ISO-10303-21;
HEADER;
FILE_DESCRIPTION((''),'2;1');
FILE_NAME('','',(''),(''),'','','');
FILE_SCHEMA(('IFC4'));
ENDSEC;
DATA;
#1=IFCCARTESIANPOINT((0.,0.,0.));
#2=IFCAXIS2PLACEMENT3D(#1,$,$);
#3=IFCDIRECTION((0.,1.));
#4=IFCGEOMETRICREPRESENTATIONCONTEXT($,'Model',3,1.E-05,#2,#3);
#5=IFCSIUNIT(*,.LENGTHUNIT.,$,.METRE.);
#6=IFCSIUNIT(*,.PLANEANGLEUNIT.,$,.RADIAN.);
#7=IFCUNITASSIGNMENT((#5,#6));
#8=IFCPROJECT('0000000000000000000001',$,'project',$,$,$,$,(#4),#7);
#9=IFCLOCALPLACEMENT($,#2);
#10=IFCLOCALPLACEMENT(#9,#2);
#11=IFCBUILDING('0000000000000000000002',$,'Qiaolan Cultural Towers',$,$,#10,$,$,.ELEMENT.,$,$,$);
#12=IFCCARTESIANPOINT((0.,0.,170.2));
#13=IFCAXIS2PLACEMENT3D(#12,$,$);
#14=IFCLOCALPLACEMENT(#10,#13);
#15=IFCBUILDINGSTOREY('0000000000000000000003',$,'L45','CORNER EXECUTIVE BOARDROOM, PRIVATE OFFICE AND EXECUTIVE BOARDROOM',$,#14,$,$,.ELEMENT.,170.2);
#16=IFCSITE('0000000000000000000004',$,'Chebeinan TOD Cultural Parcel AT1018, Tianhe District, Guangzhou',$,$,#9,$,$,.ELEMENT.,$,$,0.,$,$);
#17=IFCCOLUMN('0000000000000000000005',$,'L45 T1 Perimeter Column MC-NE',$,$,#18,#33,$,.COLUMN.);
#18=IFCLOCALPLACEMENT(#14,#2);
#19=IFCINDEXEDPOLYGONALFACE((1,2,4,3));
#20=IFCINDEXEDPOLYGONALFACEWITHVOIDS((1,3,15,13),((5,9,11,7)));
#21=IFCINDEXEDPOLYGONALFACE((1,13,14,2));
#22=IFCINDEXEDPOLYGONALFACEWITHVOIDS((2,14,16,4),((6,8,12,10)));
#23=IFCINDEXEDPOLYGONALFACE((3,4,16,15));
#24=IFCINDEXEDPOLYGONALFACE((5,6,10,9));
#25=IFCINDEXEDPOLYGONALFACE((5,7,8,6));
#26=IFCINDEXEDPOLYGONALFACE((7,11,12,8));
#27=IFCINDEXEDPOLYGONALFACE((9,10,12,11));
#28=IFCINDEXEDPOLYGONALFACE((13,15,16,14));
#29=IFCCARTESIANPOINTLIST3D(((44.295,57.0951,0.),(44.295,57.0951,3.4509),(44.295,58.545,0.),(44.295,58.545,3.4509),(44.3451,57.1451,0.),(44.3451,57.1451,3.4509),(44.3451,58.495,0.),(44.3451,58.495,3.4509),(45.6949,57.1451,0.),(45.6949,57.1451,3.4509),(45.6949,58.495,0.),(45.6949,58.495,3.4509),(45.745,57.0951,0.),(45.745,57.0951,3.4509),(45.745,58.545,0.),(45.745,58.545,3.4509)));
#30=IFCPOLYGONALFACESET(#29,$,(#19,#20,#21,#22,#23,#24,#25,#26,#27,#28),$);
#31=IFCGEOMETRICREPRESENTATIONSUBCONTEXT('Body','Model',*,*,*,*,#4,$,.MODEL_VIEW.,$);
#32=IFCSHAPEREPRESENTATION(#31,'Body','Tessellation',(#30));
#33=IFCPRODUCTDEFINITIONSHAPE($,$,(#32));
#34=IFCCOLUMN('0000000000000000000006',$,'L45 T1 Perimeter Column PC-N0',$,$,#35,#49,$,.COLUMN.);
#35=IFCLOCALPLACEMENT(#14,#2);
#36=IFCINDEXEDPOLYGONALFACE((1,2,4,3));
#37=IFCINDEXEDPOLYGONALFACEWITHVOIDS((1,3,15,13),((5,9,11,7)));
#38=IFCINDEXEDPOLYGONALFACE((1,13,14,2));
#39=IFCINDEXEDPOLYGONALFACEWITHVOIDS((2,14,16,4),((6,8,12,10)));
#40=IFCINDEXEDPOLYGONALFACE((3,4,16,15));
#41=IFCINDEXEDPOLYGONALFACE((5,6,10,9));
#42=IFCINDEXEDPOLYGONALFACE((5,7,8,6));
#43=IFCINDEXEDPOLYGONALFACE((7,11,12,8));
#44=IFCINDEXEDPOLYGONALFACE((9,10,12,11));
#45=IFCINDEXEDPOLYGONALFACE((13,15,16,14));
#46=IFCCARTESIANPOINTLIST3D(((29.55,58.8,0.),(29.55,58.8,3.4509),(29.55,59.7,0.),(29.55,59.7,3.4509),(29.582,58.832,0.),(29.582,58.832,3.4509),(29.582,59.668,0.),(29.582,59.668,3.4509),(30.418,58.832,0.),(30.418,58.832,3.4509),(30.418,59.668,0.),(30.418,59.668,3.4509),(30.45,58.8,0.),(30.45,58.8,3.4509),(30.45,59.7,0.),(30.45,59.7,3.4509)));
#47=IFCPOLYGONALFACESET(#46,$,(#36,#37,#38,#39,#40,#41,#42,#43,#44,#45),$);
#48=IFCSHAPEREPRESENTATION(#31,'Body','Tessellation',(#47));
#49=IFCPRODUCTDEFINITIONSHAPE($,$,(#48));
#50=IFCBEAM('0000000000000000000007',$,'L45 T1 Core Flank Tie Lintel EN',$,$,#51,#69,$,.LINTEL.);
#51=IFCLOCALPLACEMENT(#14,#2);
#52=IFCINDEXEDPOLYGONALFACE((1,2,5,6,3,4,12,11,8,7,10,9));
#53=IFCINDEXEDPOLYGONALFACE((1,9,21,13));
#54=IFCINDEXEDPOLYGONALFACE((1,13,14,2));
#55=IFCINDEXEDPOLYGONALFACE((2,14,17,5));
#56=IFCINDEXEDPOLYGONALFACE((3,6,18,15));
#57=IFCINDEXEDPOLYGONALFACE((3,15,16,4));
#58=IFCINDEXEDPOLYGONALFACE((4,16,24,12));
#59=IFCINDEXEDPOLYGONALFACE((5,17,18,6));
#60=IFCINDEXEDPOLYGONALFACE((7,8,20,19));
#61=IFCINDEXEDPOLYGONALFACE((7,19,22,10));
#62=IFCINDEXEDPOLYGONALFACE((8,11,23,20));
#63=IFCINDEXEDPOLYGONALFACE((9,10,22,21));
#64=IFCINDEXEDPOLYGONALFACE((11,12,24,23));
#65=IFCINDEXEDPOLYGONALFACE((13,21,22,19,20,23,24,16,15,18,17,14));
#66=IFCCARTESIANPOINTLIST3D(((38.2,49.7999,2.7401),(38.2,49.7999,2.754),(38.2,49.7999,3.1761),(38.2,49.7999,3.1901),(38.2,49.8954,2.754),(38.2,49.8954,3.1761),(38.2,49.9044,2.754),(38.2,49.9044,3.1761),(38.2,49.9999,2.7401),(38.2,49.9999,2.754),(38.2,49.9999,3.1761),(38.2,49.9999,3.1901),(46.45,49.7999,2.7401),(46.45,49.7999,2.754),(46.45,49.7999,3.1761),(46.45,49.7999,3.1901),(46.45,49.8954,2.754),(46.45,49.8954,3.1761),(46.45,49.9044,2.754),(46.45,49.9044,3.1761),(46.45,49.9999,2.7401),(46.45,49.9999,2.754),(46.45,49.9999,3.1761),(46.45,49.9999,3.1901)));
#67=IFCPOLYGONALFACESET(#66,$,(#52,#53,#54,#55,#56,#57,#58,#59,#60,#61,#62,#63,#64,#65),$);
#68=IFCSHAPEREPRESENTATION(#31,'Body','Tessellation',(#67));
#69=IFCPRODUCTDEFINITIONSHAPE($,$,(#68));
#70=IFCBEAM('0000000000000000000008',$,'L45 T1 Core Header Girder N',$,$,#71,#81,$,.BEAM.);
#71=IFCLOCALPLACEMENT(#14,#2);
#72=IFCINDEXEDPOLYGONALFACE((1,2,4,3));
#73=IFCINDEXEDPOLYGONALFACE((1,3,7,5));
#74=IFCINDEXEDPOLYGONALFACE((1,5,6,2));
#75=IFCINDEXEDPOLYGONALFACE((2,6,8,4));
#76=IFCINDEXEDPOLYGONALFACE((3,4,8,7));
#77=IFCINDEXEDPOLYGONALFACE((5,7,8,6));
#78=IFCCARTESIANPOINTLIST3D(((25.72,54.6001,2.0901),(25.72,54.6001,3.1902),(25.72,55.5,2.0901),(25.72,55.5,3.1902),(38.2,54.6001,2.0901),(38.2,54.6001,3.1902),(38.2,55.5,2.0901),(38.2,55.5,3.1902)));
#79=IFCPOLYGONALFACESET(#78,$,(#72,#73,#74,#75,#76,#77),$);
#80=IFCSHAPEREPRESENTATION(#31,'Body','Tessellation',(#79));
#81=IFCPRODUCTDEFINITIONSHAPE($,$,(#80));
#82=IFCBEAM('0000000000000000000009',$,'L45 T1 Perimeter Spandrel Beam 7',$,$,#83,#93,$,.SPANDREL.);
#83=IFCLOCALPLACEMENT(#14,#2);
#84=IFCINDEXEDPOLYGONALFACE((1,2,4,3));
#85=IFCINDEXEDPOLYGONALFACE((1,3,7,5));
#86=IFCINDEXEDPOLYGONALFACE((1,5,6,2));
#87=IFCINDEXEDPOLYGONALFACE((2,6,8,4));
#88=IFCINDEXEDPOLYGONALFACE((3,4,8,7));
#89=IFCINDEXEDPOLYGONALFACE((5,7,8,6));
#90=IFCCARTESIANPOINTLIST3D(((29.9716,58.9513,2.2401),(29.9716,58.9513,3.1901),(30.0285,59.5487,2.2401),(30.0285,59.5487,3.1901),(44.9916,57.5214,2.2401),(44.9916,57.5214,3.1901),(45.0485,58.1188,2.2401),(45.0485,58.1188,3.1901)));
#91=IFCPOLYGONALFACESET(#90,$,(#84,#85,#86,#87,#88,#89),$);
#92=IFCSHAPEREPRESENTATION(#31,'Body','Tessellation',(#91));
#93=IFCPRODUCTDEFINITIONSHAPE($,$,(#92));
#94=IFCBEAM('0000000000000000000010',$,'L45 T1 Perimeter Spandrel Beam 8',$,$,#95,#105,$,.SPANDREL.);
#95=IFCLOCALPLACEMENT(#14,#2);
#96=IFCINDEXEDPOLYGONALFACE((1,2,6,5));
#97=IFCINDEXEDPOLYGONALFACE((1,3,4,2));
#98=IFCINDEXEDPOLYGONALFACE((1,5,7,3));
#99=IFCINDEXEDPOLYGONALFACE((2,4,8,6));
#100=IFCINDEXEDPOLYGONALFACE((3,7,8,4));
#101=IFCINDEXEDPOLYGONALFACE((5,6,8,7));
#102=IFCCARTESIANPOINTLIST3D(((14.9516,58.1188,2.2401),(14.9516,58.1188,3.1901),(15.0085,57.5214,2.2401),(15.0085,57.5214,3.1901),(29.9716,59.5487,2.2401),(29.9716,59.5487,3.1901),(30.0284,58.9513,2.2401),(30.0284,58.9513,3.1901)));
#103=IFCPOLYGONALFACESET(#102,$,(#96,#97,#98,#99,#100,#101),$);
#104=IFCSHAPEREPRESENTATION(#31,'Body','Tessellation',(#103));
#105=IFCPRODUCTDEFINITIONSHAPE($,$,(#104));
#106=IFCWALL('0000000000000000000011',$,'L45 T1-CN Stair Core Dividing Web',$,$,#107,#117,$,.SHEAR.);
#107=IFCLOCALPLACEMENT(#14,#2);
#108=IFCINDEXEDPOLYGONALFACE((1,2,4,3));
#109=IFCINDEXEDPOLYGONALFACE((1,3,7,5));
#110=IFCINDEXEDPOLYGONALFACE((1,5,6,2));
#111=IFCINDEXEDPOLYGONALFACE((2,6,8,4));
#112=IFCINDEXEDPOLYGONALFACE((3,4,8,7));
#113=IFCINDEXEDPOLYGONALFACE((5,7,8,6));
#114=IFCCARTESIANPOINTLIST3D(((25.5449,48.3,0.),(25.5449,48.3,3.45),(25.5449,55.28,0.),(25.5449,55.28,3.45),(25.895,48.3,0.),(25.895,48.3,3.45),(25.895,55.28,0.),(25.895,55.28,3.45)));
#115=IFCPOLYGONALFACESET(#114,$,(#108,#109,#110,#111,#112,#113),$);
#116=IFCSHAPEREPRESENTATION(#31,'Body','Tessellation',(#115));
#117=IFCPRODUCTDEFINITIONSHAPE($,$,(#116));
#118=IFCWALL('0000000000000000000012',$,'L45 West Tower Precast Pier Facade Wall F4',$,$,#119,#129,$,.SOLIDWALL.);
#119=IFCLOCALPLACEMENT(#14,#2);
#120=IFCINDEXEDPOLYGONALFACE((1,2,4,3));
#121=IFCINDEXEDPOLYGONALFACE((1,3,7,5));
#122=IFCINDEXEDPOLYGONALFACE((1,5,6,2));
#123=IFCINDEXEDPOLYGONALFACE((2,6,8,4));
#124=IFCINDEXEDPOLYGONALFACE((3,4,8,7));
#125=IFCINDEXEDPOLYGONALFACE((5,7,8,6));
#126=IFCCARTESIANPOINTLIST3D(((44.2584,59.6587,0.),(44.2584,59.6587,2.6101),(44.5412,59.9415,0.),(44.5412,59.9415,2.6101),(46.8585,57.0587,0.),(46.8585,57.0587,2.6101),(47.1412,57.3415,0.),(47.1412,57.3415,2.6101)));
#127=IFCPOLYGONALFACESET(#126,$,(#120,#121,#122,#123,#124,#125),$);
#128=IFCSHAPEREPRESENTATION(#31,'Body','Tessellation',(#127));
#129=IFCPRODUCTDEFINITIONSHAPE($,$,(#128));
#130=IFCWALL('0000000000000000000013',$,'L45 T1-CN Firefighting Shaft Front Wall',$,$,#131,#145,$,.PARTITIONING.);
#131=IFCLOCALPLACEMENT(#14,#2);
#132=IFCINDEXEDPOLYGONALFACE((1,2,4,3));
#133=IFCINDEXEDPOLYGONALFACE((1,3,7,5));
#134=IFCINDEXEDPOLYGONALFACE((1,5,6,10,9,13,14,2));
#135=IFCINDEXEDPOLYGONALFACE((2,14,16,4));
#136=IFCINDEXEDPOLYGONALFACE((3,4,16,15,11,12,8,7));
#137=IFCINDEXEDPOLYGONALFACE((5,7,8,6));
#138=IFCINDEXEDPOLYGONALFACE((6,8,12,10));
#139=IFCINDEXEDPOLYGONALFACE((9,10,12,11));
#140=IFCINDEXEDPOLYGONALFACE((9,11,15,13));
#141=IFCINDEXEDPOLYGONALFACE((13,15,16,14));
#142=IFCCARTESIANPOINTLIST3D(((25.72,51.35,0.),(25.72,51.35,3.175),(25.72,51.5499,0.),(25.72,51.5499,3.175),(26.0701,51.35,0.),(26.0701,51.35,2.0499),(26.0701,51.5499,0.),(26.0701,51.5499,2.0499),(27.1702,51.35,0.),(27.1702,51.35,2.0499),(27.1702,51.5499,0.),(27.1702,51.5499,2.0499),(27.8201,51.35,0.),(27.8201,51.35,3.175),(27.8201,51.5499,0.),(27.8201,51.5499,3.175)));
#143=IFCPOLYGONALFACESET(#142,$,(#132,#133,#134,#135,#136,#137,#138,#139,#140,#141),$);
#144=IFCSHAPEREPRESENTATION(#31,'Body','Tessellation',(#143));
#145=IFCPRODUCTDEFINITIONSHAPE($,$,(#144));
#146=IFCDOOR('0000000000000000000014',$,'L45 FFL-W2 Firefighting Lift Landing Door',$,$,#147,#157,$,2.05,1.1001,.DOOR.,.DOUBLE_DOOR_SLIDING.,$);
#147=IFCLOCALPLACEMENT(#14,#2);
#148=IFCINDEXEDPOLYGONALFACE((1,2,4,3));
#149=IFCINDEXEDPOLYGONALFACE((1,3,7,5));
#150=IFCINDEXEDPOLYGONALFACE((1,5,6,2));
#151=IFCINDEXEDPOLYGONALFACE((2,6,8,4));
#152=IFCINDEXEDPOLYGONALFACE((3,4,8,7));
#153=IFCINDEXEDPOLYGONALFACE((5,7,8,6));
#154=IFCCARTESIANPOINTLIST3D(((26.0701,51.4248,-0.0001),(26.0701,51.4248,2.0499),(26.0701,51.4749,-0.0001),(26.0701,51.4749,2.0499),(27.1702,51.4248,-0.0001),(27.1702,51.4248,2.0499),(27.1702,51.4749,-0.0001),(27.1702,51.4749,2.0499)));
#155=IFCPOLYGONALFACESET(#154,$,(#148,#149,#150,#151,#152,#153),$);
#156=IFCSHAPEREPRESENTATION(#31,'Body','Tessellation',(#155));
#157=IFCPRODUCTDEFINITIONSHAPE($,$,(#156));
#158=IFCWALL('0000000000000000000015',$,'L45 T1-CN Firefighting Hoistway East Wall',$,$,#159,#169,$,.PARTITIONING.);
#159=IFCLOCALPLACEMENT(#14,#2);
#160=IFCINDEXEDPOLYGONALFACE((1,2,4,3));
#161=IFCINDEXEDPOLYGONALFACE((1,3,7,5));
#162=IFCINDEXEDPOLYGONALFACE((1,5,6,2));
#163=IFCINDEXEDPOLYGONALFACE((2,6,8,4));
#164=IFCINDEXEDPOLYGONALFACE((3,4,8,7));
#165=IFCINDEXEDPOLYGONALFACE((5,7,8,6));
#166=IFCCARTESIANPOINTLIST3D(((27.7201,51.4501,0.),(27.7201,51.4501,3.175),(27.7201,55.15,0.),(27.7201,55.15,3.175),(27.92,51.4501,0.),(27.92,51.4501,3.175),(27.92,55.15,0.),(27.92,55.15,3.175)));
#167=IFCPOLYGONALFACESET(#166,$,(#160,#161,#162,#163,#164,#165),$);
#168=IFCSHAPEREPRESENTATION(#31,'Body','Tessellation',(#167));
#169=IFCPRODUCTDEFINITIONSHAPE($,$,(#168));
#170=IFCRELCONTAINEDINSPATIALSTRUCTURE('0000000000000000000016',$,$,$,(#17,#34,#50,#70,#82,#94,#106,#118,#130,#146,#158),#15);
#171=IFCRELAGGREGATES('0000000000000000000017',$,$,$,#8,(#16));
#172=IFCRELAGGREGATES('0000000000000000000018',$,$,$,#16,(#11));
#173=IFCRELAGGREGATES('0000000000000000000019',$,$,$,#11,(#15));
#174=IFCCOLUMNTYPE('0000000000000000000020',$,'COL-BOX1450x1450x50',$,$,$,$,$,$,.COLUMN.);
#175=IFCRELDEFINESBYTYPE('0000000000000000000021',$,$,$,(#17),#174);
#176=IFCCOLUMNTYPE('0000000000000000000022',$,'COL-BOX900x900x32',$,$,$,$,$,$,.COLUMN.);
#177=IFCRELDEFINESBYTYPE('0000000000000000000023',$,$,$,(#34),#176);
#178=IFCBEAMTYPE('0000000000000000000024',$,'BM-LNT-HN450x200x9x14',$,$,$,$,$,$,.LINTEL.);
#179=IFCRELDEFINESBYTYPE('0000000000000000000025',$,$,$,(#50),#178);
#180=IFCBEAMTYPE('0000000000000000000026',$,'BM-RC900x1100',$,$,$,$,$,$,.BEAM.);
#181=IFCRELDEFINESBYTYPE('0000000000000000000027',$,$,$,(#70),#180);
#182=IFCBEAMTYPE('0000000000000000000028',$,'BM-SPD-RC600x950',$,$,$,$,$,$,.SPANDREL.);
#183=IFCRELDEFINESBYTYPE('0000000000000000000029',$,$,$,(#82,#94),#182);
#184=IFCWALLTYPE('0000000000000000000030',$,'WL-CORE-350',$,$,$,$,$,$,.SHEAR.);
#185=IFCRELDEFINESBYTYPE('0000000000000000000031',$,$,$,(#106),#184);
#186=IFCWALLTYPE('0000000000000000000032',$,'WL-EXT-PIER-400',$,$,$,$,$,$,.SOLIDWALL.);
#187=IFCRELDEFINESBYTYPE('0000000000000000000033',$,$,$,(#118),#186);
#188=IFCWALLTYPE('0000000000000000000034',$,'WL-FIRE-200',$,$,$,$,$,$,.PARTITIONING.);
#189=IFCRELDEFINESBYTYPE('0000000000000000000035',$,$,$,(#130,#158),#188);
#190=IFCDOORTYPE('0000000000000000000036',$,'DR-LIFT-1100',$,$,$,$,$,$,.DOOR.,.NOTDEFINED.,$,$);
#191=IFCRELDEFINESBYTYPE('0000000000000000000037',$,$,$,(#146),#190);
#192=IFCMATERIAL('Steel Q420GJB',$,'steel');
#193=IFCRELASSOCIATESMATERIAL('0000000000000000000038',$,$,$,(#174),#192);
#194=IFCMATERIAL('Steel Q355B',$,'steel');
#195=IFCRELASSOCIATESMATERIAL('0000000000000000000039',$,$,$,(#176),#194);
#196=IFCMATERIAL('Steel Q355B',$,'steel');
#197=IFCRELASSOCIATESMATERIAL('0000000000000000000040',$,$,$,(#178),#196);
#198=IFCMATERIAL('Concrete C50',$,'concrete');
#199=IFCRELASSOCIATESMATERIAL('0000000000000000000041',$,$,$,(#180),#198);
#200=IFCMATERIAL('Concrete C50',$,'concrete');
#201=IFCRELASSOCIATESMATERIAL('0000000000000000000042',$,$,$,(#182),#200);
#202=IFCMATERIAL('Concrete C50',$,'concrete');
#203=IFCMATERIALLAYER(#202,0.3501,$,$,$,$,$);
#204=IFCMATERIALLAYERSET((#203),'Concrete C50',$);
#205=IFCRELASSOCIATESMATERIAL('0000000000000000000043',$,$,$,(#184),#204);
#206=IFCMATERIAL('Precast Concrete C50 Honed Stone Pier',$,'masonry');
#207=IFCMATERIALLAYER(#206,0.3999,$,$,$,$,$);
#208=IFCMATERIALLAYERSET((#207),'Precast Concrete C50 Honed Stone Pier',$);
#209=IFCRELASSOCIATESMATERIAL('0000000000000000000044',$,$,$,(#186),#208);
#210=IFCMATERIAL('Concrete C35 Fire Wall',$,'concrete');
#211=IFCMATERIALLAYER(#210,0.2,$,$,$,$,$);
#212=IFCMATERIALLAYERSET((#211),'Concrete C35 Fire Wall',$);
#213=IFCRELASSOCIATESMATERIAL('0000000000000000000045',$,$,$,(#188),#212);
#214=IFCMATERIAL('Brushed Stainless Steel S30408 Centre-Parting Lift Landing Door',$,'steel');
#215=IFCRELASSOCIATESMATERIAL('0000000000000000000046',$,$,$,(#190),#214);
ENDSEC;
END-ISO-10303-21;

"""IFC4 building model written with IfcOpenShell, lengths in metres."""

from ifc_helpers import new_model, si_unit, direction, frame, frame_2d, origin, origin_2d, place, context, subcontext, project, spatial, rectangle, hollow_rectangle, i_section, extrude, material, layer, layer_set, material_profile, profile_set, type_object, element, fill, save


model = new_model("IFC4")

# Units and contexts
model_context = context("Model", 3, precision=1e-05, world=origin(), true_north=direction((0.0, 1.0)))
body_context = subcontext(model_context, "Body", "Model", "MODEL_VIEW")
ifc_project = project(units=[si_unit("LENGTHUNIT", "METRE"), si_unit("PLANEANGLEUNIT", "RADIAN")], contexts=[model_context])

# Site, building, storey
site_placement = place(None, origin())
site = spatial("IfcSite", under=ifc_project, at=site_placement, Name="Chebeinan TOD Cultural Parcel AT1018, Tianhe District, Guangzhou", CompositionType="ELEMENT", RefElevation=0.0)
building_placement = place(site_placement, origin())
building = spatial("IfcBuilding", under=site, at=building_placement, Name="Qiaolan Cultural Towers", CompositionType="ELEMENT")
storey_placement = place(building_placement, frame((0.0, 0.0, 170.2)))
storey = spatial("IfcBuildingStorey", under=building, at=storey_placement, Name="L45", Description="CORNER EXECUTIVE BOARDROOM, PRIVATE OFFICE AND EXECUTIVE BOARDROOM", CompositionType="ELEMENT", Elevation=170.2)

# Columns
ifc_material_1 = material(Name="Steel Q420GJB", Category="steel")
ifc_material_profile_1 = material_profile(ifc_material_1, hollow_rectangle(XDim=1.45, YDim=1.45, WallThickness=0.05, at=origin_2d()), Name="BOX1450x1450x50")
ifc_profile_set_1 = profile_set([ifc_material_profile_1], Name="Steel Q420GJB")
column_type_1 = type_object("IfcColumnType", Name="COL-BOX1450x1450x50", PredefinedType="COLUMN", material=ifc_profile_set_1)
column_1_placement = place(storey_placement, frame((45.02, 57.8201, 0.0), z_axis=(0.0, 0.0, 1.0), x_axis=(1.0, 0.0, 0.0)))
element("IfcColumn", 1, at=column_1_placement, inside=storey, type_object=column_type_1, Name="L45 T1 Perimeter Column MC-NE", PredefinedType="COLUMN", context=body_context, shape_type="SweptSolid", body=[
    extrude(hollow_rectangle(XDim=1.45, YDim=1.45, WallThickness=0.05, at=origin_2d()), origin(), (0.0, 0.0, 1.0), 3.4509),
])
ifc_material_2 = material(Name="Steel Q355B", Category="steel")
ifc_material_profile_2 = material_profile(ifc_material_2, hollow_rectangle(XDim=0.8999, YDim=0.8999, WallThickness=0.032, at=origin_2d()), Name="BOX900x900x32")
ifc_profile_set_2 = profile_set([ifc_material_profile_2], Name="Steel Q355B")
column_type_2 = type_object("IfcColumnType", Name="COL-BOX900x900x32", PredefinedType="COLUMN", material=ifc_profile_set_2)
column_2_placement = place(storey_placement, frame((30.0, 59.25, 0.0), z_axis=(0.0, 0.0, 1.0), x_axis=(1.0, 0.0, 0.0)))
element("IfcColumn", 2, at=column_2_placement, inside=storey, type_object=column_type_2, Name="L45 T1 Perimeter Column PC-N0", PredefinedType="COLUMN", context=body_context, shape_type="SweptSolid", body=[
    extrude(hollow_rectangle(XDim=0.8999, YDim=0.8999, WallThickness=0.032, at=origin_2d()), origin(), (0.0, 0.0, 1.0), 3.4509),
])

# Beams
ifc_material_3 = material(Name="Steel Q355B", Category="steel")
ifc_material_profile_3 = material_profile(ifc_material_3, i_section(OverallWidth=0.2, OverallDepth=0.45, WebThickness=0.009, FlangeThickness=0.0139, at=origin_2d()), Name="HN450x200x9x14")
ifc_profile_set_3 = profile_set([ifc_material_profile_3], Name="Steel Q355B")
beam_type_1 = type_object("IfcBeamType", Name="BM-LNT-HN450x200x9x14", PredefinedType="LINTEL", material=ifc_profile_set_3)
beam_1_placement = place(storey_placement, frame((38.2, 49.8999, 2.9651), z_axis=(1.0, 0.0, 0.0), x_axis=(0.0, 1.0, 0.0)))
element("IfcBeam", 3, at=beam_1_placement, inside=storey, type_object=beam_type_1, Name="L45 T1 Core Flank Tie Lintel EN", PredefinedType="LINTEL", context=body_context, shape_type="SweptSolid", body=[
    extrude(i_section(OverallWidth=0.2, OverallDepth=0.45, WebThickness=0.009, FlangeThickness=0.0139, at=origin_2d()), origin(), (0.0, 0.0, 1.0), 8.25),
])
ifc_material_4 = material(Name="Concrete C50", Category="concrete")
ifc_material_profile_4 = material_profile(ifc_material_4, rectangle(XDim=0.8999, YDim=1.1001, at=origin_2d()), Name="RC900x1100")
ifc_profile_set_4 = profile_set([ifc_material_profile_4], Name="Concrete C50")
beam_type_2 = type_object("IfcBeamType", Name="BM-RC900x1100", PredefinedType="BEAM", material=ifc_profile_set_4)
beam_2_placement = place(storey_placement, frame((25.72, 55.05, 2.6401), z_axis=(1.0, 0.0, 0.0), x_axis=(0.0, 1.0, 0.0)))
element("IfcBeam", 4, at=beam_2_placement, inside=storey, type_object=beam_type_2, Name="L45 T1 Core Header Girder N", PredefinedType="BEAM", context=body_context, shape_type="SweptSolid", body=[
    extrude(rectangle(XDim=0.8999, YDim=1.1001, at=origin_2d()), origin(), (0.0, 0.0, 1.0), 12.48),
])
ifc_material_5 = material(Name="Concrete C50", Category="concrete")
ifc_material_profile_5 = material_profile(ifc_material_5, rectangle(XDim=0.6001, YDim=0.95, at=origin_2d()), Name="RC600x950")
ifc_profile_set_5 = profile_set([ifc_material_profile_5], Name="Concrete C50")
beam_type_3 = type_object("IfcBeamType", Name="BM-SPD-RC600x950", PredefinedType="SPANDREL", material=ifc_profile_set_5)
for number, where, z_axis, x_axis, name in (
    (5, (45.02, 57.8201, 2.7151), (-0.995499, 0.094773, 0.0), (-0.094773, -0.995499, 0.0), "L45 T1 Perimeter Spandrel Beam 7"),
    (6, (30.0, 59.25, 2.7151), (-0.995499, -0.094773, 0.0), (0.094773, -0.995499, 0.0), "L45 T1 Perimeter Spandrel Beam 8"),
):
    element("IfcBeam", number, at=place(storey_placement, frame(where, z_axis=z_axis, x_axis=x_axis)), inside=storey, type_object=beam_type_3, Name=name, PredefinedType="SPANDREL", context=body_context, shape_type="SweptSolid", body=[
        extrude(rectangle(XDim=0.6001, YDim=0.95, at=origin_2d()), origin(), (0.0, 0.0, 1.0), 15.0879),
    ])

# Walls
ifc_material_6 = material(Name="Concrete C50", Category="concrete")
ifc_layer_1 = layer(ifc_material_6, 0.3501)
ifc_layer_set_1 = layer_set([ifc_layer_1], Name="Concrete C50")
wall_type_1 = type_object("IfcWallType", Name="WL-CORE-350", PredefinedType="SHEAR", material=ifc_layer_set_1)
wall_1_placement = place(storey_placement, frame((25.72, 48.3, 0.0), z_axis=(0.0, 0.0, 1.0), x_axis=(0.0, 1.0, 0.0)))
element("IfcWall", 7, at=wall_1_placement, inside=storey, type_object=wall_type_1, Name="L45 T1-CN Stair Core Dividing Web", PredefinedType="SHEAR", context=body_context, shape_type="SweptSolid", body=[
    extrude(rectangle(XDim=6.98, YDim=0.3501, at=frame_2d((3.49, 0.0))), origin(), (0.0, 0.0, 1.0), 3.45),
])
ifc_material_7 = material(Name="Precast Concrete C50 Honed Stone Pier", Category="masonry")
ifc_layer_2 = layer(ifc_material_7, 0.3999)
ifc_layer_set_2 = layer_set([ifc_layer_2], Name="Precast Concrete C50 Honed Stone Pier")
wall_type_2 = type_object("IfcWallType", Name="WL-EXT-PIER-400", PredefinedType="SOLIDWALL", material=ifc_layer_set_2)
wall_2_placement = place(storey_placement, frame((44.3999, 59.8, 0.0), z_axis=(0.0, 0.0, 1.0), x_axis=(0.707107, -0.707107, 0.0)))
element("IfcWall", 8, at=wall_2_placement, inside=storey, type_object=wall_type_2, Name="L45 West Tower Precast Pier Facade Wall F4", PredefinedType="SOLIDWALL", context=body_context, shape_type="SweptSolid", body=[
    extrude(rectangle(XDim=3.677, YDim=0.3999, at=frame_2d((1.8384, 0.0))), origin(), (0.0, 0.0, 1.0), 2.6101),
])

# Wall, opening, door
ifc_material_8 = material(Name="Concrete C35 Fire Wall", Category="concrete")
ifc_layer_3 = layer(ifc_material_8, 0.2)
ifc_layer_set_3 = layer_set([ifc_layer_3], Name="Concrete C35 Fire Wall")
wall_type_3 = type_object("IfcWallType", Name="WL-FIRE-200", PredefinedType="PARTITIONING", material=ifc_layer_set_3)
wall_3_placement = place(storey_placement, frame((25.72, 51.45, 0.0), z_axis=(0.0, 0.0, 1.0), x_axis=(1.0, 0.0, 0.0)))
wall_3 = element("IfcWall", 9, at=wall_3_placement, inside=storey, type_object=wall_type_3, Name="L45 T1-CN Firefighting Shaft Front Wall", PredefinedType="PARTITIONING", context=body_context, shape_type="SweptSolid", body=[
    extrude(rectangle(XDim=2.1001, YDim=0.2, at=frame_2d((1.05, 0.0))), origin(), (0.0, 0.0, 1.0), 3.175),
])
opening_1_placement = place(wall_3_placement, frame((0.3501, 0.0, 0.0)))
opening_1 = element("IfcOpeningElement", 10, at=opening_1_placement, cuts=wall_3, PredefinedType="OPENING", context=body_context, shape_type="SweptSolid", body=[
    extrude(rectangle(XDim=1.1001, YDim=2.05, at=frame_2d((0.55, 1.0249))), frame((0.0, 0.1099, 0.0), z_axis=(0.0, -1.0, 0.0), x_axis=(1.0, 0.0, 0.0)), (0.0, 0.0, 1.0), 0.22),
])
ifc_material_9 = material(Name="Brushed Stainless Steel S30408 Centre-Parting Lift Landing Door", Category="steel")
door_type_1 = type_object("IfcDoorType", Name="DR-LIFT-1100", OperationType="NOTDEFINED", PredefinedType="DOOR", material=ifc_material_9)
door_1_placement = place(opening_1_placement, origin())
door_1 = element("IfcDoor", 11, at=door_1_placement, inside=storey, type_object=door_type_1, Name="L45 FFL-W2 Firefighting Lift Landing Door", OperationType="DOUBLE_DOOR_SLIDING", OverallHeight=2.05, OverallWidth=1.1001, PredefinedType="DOOR", context=body_context, shape_type="SweptSolid", body=[
    extrude(rectangle(XDim=1.1001, YDim=2.05, at=frame_2d((0.55, 1.0249))), frame((0.0, 0.0249, 0.0), z_axis=(0.0, -1.0, 0.0), x_axis=(1.0, 0.0, 0.0)), (0.0, 0.0, 1.0), 0.05),
])
fill(opening_1, door_1)

# Wall
wall_4_placement = place(storey_placement, frame((27.8201, 51.45, 0.0), z_axis=(0.0, 0.0, 1.0), x_axis=(0.0, 1.0, 0.0)))
element("IfcWall", 12, at=wall_4_placement, inside=storey, type_object=wall_type_3, Name="L45 T1-CN Firefighting Hoistway East Wall", PredefinedType="PARTITIONING", context=body_context, shape_type="SweptSolid", body=[
    extrude(rectangle(XDim=3.7, YDim=0.2, at=frame_2d((1.8501, 0.0))), origin(), (0.0, 0.0, 1.0), 3.175),
])

save(model, "model.ifc")
